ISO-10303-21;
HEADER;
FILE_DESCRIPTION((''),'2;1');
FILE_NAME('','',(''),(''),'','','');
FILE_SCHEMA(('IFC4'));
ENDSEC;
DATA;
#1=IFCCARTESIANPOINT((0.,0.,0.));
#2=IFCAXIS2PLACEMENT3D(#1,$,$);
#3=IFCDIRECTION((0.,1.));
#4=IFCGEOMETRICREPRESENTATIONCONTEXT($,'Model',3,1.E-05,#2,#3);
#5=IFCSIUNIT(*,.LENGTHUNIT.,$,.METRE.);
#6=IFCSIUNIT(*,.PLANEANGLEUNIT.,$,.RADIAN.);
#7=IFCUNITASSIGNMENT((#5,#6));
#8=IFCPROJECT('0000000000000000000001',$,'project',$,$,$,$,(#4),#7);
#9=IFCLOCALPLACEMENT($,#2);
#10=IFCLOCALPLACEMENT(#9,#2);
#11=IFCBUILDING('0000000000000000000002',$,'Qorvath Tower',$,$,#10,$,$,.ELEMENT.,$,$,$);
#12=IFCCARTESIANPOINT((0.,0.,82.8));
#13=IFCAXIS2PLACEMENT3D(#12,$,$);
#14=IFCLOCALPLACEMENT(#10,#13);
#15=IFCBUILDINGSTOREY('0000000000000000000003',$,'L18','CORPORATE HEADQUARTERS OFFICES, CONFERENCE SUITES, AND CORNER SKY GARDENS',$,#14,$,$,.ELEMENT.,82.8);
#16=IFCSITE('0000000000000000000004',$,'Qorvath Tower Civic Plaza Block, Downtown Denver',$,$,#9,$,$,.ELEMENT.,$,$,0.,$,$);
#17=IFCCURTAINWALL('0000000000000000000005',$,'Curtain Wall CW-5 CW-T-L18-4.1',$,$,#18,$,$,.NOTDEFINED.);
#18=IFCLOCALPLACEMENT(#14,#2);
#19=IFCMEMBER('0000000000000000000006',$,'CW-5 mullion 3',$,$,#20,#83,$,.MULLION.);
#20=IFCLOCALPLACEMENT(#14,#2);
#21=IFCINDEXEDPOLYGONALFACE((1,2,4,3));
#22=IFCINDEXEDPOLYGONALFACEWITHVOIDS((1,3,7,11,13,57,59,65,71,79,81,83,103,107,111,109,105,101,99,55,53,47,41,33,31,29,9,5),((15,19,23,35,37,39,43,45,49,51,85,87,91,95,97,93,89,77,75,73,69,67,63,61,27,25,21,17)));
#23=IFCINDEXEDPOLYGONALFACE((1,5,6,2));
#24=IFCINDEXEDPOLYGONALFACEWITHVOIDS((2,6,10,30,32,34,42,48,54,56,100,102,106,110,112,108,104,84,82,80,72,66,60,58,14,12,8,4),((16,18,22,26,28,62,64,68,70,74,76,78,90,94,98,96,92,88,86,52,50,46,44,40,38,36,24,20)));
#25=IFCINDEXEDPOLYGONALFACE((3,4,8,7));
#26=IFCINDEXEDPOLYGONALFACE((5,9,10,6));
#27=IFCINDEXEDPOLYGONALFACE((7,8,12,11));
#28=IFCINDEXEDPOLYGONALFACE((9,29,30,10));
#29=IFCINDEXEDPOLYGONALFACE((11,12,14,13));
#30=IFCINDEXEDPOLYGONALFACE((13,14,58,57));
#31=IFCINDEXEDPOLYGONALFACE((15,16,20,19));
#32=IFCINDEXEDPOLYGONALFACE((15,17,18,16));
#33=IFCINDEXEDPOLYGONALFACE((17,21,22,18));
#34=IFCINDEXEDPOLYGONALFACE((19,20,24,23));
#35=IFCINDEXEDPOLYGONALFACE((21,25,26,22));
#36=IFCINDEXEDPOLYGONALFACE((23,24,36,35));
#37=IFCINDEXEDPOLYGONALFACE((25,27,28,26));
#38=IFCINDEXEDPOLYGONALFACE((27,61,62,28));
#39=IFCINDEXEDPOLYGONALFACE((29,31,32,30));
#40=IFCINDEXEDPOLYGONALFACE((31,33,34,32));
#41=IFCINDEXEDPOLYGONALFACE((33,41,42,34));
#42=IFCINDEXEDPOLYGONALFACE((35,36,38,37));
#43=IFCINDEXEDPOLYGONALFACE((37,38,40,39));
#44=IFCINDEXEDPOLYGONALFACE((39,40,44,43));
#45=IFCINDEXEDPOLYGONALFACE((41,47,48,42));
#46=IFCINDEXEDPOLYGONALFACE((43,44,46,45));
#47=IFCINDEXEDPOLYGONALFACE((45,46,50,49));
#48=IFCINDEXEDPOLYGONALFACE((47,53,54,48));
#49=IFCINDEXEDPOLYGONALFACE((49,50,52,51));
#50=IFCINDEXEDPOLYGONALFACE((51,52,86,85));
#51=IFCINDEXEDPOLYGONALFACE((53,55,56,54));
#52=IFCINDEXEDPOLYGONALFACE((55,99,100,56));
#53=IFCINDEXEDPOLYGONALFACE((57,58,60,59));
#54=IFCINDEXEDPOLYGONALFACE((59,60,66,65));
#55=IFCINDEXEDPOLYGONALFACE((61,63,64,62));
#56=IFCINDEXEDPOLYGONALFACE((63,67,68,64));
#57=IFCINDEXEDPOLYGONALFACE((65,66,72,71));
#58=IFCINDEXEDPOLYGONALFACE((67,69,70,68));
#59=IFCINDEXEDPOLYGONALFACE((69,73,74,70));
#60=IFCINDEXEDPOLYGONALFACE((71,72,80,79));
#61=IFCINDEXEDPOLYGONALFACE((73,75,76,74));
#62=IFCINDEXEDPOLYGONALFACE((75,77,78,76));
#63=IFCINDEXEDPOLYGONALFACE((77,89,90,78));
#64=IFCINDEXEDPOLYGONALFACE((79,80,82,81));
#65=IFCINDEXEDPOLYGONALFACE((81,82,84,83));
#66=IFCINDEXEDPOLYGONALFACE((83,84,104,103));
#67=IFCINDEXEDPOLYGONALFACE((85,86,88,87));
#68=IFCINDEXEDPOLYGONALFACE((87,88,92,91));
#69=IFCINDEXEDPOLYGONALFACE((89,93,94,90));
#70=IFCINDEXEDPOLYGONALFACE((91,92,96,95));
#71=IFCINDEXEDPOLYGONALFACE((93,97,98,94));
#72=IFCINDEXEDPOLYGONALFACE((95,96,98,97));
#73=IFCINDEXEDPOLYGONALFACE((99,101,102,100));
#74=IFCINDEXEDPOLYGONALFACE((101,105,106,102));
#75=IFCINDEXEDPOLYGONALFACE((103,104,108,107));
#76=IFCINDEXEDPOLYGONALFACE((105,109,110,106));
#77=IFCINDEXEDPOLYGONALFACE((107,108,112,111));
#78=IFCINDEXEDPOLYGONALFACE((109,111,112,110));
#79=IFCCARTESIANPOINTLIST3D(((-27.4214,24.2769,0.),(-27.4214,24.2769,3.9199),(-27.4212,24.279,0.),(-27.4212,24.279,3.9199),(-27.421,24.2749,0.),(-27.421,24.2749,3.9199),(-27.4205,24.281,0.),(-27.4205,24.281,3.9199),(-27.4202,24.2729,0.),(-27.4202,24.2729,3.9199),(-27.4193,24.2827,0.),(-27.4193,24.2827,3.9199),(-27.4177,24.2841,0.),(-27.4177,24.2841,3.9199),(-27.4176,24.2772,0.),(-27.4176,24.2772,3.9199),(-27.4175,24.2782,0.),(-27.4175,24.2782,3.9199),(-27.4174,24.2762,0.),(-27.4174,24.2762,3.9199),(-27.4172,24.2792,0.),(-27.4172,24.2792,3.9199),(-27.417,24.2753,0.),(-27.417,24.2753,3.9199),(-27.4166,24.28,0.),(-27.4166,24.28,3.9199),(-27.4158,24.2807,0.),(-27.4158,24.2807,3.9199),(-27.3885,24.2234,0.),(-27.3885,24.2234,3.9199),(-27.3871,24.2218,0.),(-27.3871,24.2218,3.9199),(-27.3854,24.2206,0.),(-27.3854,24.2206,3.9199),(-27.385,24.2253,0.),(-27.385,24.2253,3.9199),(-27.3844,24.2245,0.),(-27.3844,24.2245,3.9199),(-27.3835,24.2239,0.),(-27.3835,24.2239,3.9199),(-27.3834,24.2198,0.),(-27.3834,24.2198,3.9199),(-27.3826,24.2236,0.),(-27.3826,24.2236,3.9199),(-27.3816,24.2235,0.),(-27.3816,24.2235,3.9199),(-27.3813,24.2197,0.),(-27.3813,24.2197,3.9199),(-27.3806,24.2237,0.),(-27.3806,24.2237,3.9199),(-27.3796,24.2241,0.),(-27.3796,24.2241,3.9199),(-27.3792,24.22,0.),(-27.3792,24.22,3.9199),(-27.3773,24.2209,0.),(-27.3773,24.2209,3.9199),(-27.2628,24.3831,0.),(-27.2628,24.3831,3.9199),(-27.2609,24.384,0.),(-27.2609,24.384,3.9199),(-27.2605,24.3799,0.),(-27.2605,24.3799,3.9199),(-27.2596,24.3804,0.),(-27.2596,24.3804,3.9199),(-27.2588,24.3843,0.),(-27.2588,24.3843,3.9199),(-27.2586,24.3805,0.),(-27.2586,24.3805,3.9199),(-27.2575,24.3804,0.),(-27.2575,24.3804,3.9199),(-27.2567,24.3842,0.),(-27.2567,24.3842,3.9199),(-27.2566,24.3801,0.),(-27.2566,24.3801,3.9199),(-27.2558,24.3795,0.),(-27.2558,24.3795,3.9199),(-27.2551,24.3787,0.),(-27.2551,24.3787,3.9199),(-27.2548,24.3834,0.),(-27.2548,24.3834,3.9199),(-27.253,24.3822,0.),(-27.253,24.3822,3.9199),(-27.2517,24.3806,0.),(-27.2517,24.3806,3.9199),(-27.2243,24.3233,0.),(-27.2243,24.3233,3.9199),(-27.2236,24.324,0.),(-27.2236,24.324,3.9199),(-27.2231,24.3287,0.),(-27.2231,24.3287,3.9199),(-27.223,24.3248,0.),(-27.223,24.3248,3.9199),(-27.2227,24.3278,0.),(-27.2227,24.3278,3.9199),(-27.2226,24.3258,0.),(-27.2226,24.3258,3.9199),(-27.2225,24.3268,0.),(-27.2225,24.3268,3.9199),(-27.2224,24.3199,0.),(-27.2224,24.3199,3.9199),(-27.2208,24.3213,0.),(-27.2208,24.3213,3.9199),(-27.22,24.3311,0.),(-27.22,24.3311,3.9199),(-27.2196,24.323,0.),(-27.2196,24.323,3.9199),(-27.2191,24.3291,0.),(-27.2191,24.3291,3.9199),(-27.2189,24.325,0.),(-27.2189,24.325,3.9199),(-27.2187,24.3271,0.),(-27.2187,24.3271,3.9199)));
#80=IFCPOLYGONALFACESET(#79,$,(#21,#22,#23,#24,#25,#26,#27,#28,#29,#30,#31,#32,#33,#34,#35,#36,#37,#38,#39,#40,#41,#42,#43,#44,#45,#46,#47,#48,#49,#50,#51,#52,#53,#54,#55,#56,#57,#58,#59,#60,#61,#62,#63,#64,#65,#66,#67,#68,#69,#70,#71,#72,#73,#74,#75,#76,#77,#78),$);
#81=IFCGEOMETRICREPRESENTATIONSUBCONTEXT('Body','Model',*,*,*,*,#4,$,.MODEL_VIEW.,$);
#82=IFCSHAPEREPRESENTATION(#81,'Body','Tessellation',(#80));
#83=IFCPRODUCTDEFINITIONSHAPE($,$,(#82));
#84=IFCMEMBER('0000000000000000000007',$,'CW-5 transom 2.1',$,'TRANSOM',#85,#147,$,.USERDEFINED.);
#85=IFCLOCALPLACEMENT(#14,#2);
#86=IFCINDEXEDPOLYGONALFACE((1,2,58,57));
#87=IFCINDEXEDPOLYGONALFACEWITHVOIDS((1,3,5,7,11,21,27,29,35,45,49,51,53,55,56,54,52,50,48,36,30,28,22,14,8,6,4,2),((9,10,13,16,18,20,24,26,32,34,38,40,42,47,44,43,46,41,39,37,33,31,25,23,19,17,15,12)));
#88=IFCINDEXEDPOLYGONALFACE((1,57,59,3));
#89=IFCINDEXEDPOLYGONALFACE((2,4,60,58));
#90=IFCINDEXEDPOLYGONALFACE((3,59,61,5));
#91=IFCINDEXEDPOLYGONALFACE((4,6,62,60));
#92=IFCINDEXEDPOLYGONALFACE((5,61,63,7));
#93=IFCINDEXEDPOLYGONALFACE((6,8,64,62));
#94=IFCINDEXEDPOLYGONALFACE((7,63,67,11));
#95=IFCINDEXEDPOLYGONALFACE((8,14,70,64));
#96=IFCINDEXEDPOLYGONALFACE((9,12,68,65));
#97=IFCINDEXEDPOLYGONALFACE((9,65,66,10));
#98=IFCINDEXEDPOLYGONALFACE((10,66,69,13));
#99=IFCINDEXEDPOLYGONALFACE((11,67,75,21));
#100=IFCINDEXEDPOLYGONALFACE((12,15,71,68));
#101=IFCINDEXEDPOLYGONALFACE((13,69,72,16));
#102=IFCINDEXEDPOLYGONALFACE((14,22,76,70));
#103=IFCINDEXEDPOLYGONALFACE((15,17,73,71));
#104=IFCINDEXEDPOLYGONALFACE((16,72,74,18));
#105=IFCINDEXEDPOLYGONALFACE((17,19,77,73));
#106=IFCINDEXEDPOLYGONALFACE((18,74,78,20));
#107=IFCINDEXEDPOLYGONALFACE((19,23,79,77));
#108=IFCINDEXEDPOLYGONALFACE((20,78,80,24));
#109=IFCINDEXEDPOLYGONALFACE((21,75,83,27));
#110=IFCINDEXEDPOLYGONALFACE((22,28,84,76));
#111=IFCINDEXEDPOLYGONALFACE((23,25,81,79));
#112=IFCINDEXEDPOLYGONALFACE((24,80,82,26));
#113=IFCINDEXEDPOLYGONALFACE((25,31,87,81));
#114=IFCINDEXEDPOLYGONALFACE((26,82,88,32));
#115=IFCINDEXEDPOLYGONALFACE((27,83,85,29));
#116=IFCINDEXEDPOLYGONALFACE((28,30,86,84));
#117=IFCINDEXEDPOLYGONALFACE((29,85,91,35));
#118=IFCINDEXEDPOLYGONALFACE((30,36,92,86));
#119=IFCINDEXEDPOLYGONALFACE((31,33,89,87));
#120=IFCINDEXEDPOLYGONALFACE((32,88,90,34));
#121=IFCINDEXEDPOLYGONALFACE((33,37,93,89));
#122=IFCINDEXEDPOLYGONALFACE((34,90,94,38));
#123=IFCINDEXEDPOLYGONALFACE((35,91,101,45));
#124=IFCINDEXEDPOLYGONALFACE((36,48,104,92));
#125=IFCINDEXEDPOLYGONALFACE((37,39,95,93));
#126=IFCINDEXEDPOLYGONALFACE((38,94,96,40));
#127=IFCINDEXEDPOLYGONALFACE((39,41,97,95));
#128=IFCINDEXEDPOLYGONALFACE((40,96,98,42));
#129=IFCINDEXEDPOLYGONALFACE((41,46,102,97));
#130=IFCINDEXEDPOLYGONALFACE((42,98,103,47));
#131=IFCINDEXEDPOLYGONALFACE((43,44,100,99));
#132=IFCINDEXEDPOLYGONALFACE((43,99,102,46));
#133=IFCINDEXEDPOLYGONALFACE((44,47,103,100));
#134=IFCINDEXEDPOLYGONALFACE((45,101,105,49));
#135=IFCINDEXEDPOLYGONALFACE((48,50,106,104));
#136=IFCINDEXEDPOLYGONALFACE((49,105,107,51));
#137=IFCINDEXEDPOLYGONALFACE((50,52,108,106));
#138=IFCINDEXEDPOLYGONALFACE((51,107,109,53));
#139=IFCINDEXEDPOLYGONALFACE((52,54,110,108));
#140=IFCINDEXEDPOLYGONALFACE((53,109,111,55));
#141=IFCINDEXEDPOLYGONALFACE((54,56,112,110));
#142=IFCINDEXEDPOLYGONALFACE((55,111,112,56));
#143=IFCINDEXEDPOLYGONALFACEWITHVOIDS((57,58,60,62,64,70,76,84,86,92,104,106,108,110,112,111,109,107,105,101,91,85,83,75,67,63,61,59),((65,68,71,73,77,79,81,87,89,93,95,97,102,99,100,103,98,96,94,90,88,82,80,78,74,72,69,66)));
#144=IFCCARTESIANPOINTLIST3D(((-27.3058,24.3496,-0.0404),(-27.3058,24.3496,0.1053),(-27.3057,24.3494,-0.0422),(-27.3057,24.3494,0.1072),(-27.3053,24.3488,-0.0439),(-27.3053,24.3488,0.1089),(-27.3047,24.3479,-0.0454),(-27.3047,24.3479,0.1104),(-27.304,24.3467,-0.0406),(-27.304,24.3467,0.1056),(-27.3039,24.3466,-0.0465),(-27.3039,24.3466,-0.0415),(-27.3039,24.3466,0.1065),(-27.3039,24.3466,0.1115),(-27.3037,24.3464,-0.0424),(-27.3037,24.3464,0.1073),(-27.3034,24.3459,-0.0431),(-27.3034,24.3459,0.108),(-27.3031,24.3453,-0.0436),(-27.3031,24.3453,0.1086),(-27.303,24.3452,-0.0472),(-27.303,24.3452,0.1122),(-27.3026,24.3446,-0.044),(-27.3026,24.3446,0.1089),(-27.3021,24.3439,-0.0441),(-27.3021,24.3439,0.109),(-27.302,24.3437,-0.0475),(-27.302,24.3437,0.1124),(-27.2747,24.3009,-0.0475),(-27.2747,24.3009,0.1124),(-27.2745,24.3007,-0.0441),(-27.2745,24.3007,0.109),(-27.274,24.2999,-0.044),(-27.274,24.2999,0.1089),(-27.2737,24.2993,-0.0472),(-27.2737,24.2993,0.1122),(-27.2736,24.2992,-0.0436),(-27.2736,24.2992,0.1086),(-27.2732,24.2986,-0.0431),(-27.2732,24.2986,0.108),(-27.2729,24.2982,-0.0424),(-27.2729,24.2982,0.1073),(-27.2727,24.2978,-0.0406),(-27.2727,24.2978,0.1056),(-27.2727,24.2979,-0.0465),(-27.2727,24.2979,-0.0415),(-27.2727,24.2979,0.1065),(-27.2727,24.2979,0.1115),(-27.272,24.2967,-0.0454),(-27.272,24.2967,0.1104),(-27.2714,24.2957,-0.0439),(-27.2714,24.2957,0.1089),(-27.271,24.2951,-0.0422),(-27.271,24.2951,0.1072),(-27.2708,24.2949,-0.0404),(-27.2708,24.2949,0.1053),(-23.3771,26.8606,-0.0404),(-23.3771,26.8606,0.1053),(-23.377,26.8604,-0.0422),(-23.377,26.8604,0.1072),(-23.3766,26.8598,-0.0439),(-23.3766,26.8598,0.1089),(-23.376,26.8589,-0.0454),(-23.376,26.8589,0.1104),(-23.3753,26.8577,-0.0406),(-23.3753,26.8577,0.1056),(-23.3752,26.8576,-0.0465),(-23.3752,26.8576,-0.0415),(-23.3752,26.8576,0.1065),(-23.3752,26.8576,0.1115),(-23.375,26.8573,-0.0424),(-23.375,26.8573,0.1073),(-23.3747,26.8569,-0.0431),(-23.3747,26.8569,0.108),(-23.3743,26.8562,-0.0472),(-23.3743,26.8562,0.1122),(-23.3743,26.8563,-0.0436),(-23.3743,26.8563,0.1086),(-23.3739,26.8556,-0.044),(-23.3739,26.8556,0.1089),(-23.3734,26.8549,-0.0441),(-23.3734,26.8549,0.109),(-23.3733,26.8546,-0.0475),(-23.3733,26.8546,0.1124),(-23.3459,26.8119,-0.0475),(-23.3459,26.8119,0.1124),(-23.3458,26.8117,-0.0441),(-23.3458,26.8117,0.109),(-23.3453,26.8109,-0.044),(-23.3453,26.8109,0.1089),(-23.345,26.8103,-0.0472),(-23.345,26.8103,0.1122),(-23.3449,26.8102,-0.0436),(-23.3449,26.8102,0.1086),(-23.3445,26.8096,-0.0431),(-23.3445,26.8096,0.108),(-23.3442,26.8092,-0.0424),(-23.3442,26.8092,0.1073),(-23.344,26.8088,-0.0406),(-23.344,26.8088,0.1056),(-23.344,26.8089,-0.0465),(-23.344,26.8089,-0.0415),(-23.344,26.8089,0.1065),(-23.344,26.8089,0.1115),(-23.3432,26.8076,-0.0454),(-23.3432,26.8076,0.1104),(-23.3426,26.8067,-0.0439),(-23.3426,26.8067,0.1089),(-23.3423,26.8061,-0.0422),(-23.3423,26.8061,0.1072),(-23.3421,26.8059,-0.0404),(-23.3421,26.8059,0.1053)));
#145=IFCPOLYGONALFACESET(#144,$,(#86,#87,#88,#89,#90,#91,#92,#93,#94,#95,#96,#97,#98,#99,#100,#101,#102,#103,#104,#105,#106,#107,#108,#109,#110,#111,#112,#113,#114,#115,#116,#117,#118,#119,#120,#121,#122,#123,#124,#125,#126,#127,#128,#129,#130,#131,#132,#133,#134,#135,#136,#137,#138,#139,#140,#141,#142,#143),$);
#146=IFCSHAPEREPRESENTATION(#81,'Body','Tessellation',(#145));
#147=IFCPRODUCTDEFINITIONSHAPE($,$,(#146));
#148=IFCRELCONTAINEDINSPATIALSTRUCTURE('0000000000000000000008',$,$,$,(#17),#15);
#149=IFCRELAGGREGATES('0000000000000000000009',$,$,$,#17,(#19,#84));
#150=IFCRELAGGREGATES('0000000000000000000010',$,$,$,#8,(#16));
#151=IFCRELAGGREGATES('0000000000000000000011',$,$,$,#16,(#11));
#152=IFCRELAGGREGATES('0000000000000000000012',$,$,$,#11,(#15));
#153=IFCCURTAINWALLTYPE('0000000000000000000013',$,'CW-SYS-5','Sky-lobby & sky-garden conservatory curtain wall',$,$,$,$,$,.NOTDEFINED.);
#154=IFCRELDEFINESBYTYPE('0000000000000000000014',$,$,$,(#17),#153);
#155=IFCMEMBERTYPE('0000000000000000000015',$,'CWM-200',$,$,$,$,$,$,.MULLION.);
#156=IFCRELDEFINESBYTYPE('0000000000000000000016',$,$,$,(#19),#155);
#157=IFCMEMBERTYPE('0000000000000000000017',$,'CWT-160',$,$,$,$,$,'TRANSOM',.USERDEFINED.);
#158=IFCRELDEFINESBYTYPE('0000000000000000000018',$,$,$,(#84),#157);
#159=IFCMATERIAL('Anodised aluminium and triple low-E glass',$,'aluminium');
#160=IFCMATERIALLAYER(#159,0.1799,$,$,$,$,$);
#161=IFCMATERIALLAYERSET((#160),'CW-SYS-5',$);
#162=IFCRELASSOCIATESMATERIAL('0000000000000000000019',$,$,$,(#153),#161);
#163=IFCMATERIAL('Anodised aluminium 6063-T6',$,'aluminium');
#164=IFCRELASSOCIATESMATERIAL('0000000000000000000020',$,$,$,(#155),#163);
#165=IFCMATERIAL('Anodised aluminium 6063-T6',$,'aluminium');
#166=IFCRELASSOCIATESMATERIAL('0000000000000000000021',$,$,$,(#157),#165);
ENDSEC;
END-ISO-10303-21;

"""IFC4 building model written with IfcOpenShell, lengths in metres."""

from ifc_helpers import new_model, si_unit, direction, frame, origin, origin_2d, place, context, subcontext, project, spatial, hollow_rectangle, extrude, material, layer, layer_set, material_profile, profile_set, type_object, element, aggregate, save


model = new_model("IFC4")

# Units and contexts
model_context = context("Model", 3, precision=1e-05, world=origin(), true_north=direction((0.0, 1.0)))
body_context = subcontext(model_context, "Body", "Model", "MODEL_VIEW")
ifc_project = project(units=[si_unit("LENGTHUNIT", "METRE"), si_unit("PLANEANGLEUNIT", "RADIAN")], contexts=[model_context])

# Site, building, storey
site_placement = place(None, origin())
site = spatial("IfcSite", under=ifc_project, at=site_placement, Name="Qorvath Tower Civic Plaza Block, Downtown Denver", CompositionType="ELEMENT", RefElevation=0.0)
building_placement = place(site_placement, origin())
building = spatial("IfcBuilding", under=site, at=building_placement, Name="Qorvath Tower", CompositionType="ELEMENT")
storey_placement = place(building_placement, frame((0.0, 0.0, 82.8)))
storey = spatial("IfcBuildingStorey", under=building, at=storey_placement, Name="L18", Description="CORPORATE HEADQUARTERS OFFICES, CONFERENCE SUITES, AND CORNER SKY GARDENS", CompositionType="ELEMENT", Elevation=82.8)

# Curtain wall, members
ifc_material_1 = material(Name="Anodised aluminium and triple low-E glass", Category="aluminium")
ifc_layer_1 = layer(ifc_material_1, 0.1799)
ifc_layer_set_1 = layer_set([ifc_layer_1], Name="CW-SYS-5")
curtain_wall_type = type_object("IfcCurtainWallType", Name="CW-SYS-5", Description="Sky-lobby & sky-garden conservatory curtain wall", PredefinedType="NOTDEFINED", material=ifc_layer_set_1)
curtain_wall_placement = place(storey_placement, origin())
curtain_wall = element("IfcCurtainWall", 1, at=curtain_wall_placement, inside=storey, type_object=curtain_wall_type, Name="Curtain Wall CW-5 CW-T-L18-4.1", PredefinedType="NOTDEFINED")
ifc_material_2 = material(Name="Anodised aluminium 6063-T6", Category="aluminium")
ifc_material_profile_1 = material_profile(ifc_material_2, hollow_rectangle(XDim=0.075, YDim=0.2, WallThickness=0.0039, InnerFilletRadius=0.0039, OuterFilletRadius=0.0081, at=origin_2d()), Name="CWM 200x75")
ifc_profile_set_1 = profile_set([ifc_material_profile_1], Name="Anodised aluminium 6063-T6")
member_type_1 = type_object("IfcMemberType", Name="CWM-200", PredefinedType="MULLION", material=ifc_profile_set_1)
member_1_placement = place(storey_placement, frame((-27.3201, 24.302, 0.0), z_axis=(0.0, 0.0, 1.0), x_axis=(0.538538, -0.842601, 0.0)))
member_1 = element("IfcMember", 2, at=member_1_placement, type_object=member_type_1, Name="CW-5 mullion 3", PredefinedType="MULLION", context=body_context, shape_type="SweptSolid", body=[
    extrude(hollow_rectangle(XDim=0.075, YDim=0.2, WallThickness=0.0039, InnerFilletRadius=0.0039, OuterFilletRadius=0.0081, at=origin_2d()), origin(), (0.0, 0.0, 1.0), 3.9199),
])
ifc_material_3 = material(Name="Anodised aluminium 6063-T6", Category="aluminium")
ifc_material_profile_2 = material_profile(ifc_material_3, hollow_rectangle(XDim=0.0649, YDim=0.1599, WallThickness=0.0034, InnerFilletRadius=0.0034, OuterFilletRadius=0.0071, at=origin_2d()), Name="CWT 160x65")
ifc_profile_set_2 = profile_set([ifc_material_profile_2], Name="Anodised aluminium 6063-T6")
member_type_2 = type_object("IfcMemberType", Name="CWT-160", ElementType="TRANSOM", PredefinedType="USERDEFINED", material=ifc_profile_set_2)
member_2_placement = place(storey_placement, frame((-23.3596, 26.8333, 0.0325), z_axis=(-0.842601, -0.538538, 0.0), x_axis=(0.538538, -0.842601, 0.0)))
member_2 = element("IfcMember", 3, at=member_2_placement, type_object=member_type_2, Name="CW-5 transom 2.1", ObjectType="TRANSOM", PredefinedType="USERDEFINED", context=body_context, shape_type="SweptSolid", body=[
    extrude(hollow_rectangle(XDim=0.0649, YDim=0.1599, WallThickness=0.0034, InnerFilletRadius=0.0034, OuterFilletRadius=0.0071, at=origin_2d()), origin(), (0.0, 0.0, 1.0), 4.6626),
])
aggregate(curtain_wall, [member_1, member_2])

save(model, "model.ifc")
